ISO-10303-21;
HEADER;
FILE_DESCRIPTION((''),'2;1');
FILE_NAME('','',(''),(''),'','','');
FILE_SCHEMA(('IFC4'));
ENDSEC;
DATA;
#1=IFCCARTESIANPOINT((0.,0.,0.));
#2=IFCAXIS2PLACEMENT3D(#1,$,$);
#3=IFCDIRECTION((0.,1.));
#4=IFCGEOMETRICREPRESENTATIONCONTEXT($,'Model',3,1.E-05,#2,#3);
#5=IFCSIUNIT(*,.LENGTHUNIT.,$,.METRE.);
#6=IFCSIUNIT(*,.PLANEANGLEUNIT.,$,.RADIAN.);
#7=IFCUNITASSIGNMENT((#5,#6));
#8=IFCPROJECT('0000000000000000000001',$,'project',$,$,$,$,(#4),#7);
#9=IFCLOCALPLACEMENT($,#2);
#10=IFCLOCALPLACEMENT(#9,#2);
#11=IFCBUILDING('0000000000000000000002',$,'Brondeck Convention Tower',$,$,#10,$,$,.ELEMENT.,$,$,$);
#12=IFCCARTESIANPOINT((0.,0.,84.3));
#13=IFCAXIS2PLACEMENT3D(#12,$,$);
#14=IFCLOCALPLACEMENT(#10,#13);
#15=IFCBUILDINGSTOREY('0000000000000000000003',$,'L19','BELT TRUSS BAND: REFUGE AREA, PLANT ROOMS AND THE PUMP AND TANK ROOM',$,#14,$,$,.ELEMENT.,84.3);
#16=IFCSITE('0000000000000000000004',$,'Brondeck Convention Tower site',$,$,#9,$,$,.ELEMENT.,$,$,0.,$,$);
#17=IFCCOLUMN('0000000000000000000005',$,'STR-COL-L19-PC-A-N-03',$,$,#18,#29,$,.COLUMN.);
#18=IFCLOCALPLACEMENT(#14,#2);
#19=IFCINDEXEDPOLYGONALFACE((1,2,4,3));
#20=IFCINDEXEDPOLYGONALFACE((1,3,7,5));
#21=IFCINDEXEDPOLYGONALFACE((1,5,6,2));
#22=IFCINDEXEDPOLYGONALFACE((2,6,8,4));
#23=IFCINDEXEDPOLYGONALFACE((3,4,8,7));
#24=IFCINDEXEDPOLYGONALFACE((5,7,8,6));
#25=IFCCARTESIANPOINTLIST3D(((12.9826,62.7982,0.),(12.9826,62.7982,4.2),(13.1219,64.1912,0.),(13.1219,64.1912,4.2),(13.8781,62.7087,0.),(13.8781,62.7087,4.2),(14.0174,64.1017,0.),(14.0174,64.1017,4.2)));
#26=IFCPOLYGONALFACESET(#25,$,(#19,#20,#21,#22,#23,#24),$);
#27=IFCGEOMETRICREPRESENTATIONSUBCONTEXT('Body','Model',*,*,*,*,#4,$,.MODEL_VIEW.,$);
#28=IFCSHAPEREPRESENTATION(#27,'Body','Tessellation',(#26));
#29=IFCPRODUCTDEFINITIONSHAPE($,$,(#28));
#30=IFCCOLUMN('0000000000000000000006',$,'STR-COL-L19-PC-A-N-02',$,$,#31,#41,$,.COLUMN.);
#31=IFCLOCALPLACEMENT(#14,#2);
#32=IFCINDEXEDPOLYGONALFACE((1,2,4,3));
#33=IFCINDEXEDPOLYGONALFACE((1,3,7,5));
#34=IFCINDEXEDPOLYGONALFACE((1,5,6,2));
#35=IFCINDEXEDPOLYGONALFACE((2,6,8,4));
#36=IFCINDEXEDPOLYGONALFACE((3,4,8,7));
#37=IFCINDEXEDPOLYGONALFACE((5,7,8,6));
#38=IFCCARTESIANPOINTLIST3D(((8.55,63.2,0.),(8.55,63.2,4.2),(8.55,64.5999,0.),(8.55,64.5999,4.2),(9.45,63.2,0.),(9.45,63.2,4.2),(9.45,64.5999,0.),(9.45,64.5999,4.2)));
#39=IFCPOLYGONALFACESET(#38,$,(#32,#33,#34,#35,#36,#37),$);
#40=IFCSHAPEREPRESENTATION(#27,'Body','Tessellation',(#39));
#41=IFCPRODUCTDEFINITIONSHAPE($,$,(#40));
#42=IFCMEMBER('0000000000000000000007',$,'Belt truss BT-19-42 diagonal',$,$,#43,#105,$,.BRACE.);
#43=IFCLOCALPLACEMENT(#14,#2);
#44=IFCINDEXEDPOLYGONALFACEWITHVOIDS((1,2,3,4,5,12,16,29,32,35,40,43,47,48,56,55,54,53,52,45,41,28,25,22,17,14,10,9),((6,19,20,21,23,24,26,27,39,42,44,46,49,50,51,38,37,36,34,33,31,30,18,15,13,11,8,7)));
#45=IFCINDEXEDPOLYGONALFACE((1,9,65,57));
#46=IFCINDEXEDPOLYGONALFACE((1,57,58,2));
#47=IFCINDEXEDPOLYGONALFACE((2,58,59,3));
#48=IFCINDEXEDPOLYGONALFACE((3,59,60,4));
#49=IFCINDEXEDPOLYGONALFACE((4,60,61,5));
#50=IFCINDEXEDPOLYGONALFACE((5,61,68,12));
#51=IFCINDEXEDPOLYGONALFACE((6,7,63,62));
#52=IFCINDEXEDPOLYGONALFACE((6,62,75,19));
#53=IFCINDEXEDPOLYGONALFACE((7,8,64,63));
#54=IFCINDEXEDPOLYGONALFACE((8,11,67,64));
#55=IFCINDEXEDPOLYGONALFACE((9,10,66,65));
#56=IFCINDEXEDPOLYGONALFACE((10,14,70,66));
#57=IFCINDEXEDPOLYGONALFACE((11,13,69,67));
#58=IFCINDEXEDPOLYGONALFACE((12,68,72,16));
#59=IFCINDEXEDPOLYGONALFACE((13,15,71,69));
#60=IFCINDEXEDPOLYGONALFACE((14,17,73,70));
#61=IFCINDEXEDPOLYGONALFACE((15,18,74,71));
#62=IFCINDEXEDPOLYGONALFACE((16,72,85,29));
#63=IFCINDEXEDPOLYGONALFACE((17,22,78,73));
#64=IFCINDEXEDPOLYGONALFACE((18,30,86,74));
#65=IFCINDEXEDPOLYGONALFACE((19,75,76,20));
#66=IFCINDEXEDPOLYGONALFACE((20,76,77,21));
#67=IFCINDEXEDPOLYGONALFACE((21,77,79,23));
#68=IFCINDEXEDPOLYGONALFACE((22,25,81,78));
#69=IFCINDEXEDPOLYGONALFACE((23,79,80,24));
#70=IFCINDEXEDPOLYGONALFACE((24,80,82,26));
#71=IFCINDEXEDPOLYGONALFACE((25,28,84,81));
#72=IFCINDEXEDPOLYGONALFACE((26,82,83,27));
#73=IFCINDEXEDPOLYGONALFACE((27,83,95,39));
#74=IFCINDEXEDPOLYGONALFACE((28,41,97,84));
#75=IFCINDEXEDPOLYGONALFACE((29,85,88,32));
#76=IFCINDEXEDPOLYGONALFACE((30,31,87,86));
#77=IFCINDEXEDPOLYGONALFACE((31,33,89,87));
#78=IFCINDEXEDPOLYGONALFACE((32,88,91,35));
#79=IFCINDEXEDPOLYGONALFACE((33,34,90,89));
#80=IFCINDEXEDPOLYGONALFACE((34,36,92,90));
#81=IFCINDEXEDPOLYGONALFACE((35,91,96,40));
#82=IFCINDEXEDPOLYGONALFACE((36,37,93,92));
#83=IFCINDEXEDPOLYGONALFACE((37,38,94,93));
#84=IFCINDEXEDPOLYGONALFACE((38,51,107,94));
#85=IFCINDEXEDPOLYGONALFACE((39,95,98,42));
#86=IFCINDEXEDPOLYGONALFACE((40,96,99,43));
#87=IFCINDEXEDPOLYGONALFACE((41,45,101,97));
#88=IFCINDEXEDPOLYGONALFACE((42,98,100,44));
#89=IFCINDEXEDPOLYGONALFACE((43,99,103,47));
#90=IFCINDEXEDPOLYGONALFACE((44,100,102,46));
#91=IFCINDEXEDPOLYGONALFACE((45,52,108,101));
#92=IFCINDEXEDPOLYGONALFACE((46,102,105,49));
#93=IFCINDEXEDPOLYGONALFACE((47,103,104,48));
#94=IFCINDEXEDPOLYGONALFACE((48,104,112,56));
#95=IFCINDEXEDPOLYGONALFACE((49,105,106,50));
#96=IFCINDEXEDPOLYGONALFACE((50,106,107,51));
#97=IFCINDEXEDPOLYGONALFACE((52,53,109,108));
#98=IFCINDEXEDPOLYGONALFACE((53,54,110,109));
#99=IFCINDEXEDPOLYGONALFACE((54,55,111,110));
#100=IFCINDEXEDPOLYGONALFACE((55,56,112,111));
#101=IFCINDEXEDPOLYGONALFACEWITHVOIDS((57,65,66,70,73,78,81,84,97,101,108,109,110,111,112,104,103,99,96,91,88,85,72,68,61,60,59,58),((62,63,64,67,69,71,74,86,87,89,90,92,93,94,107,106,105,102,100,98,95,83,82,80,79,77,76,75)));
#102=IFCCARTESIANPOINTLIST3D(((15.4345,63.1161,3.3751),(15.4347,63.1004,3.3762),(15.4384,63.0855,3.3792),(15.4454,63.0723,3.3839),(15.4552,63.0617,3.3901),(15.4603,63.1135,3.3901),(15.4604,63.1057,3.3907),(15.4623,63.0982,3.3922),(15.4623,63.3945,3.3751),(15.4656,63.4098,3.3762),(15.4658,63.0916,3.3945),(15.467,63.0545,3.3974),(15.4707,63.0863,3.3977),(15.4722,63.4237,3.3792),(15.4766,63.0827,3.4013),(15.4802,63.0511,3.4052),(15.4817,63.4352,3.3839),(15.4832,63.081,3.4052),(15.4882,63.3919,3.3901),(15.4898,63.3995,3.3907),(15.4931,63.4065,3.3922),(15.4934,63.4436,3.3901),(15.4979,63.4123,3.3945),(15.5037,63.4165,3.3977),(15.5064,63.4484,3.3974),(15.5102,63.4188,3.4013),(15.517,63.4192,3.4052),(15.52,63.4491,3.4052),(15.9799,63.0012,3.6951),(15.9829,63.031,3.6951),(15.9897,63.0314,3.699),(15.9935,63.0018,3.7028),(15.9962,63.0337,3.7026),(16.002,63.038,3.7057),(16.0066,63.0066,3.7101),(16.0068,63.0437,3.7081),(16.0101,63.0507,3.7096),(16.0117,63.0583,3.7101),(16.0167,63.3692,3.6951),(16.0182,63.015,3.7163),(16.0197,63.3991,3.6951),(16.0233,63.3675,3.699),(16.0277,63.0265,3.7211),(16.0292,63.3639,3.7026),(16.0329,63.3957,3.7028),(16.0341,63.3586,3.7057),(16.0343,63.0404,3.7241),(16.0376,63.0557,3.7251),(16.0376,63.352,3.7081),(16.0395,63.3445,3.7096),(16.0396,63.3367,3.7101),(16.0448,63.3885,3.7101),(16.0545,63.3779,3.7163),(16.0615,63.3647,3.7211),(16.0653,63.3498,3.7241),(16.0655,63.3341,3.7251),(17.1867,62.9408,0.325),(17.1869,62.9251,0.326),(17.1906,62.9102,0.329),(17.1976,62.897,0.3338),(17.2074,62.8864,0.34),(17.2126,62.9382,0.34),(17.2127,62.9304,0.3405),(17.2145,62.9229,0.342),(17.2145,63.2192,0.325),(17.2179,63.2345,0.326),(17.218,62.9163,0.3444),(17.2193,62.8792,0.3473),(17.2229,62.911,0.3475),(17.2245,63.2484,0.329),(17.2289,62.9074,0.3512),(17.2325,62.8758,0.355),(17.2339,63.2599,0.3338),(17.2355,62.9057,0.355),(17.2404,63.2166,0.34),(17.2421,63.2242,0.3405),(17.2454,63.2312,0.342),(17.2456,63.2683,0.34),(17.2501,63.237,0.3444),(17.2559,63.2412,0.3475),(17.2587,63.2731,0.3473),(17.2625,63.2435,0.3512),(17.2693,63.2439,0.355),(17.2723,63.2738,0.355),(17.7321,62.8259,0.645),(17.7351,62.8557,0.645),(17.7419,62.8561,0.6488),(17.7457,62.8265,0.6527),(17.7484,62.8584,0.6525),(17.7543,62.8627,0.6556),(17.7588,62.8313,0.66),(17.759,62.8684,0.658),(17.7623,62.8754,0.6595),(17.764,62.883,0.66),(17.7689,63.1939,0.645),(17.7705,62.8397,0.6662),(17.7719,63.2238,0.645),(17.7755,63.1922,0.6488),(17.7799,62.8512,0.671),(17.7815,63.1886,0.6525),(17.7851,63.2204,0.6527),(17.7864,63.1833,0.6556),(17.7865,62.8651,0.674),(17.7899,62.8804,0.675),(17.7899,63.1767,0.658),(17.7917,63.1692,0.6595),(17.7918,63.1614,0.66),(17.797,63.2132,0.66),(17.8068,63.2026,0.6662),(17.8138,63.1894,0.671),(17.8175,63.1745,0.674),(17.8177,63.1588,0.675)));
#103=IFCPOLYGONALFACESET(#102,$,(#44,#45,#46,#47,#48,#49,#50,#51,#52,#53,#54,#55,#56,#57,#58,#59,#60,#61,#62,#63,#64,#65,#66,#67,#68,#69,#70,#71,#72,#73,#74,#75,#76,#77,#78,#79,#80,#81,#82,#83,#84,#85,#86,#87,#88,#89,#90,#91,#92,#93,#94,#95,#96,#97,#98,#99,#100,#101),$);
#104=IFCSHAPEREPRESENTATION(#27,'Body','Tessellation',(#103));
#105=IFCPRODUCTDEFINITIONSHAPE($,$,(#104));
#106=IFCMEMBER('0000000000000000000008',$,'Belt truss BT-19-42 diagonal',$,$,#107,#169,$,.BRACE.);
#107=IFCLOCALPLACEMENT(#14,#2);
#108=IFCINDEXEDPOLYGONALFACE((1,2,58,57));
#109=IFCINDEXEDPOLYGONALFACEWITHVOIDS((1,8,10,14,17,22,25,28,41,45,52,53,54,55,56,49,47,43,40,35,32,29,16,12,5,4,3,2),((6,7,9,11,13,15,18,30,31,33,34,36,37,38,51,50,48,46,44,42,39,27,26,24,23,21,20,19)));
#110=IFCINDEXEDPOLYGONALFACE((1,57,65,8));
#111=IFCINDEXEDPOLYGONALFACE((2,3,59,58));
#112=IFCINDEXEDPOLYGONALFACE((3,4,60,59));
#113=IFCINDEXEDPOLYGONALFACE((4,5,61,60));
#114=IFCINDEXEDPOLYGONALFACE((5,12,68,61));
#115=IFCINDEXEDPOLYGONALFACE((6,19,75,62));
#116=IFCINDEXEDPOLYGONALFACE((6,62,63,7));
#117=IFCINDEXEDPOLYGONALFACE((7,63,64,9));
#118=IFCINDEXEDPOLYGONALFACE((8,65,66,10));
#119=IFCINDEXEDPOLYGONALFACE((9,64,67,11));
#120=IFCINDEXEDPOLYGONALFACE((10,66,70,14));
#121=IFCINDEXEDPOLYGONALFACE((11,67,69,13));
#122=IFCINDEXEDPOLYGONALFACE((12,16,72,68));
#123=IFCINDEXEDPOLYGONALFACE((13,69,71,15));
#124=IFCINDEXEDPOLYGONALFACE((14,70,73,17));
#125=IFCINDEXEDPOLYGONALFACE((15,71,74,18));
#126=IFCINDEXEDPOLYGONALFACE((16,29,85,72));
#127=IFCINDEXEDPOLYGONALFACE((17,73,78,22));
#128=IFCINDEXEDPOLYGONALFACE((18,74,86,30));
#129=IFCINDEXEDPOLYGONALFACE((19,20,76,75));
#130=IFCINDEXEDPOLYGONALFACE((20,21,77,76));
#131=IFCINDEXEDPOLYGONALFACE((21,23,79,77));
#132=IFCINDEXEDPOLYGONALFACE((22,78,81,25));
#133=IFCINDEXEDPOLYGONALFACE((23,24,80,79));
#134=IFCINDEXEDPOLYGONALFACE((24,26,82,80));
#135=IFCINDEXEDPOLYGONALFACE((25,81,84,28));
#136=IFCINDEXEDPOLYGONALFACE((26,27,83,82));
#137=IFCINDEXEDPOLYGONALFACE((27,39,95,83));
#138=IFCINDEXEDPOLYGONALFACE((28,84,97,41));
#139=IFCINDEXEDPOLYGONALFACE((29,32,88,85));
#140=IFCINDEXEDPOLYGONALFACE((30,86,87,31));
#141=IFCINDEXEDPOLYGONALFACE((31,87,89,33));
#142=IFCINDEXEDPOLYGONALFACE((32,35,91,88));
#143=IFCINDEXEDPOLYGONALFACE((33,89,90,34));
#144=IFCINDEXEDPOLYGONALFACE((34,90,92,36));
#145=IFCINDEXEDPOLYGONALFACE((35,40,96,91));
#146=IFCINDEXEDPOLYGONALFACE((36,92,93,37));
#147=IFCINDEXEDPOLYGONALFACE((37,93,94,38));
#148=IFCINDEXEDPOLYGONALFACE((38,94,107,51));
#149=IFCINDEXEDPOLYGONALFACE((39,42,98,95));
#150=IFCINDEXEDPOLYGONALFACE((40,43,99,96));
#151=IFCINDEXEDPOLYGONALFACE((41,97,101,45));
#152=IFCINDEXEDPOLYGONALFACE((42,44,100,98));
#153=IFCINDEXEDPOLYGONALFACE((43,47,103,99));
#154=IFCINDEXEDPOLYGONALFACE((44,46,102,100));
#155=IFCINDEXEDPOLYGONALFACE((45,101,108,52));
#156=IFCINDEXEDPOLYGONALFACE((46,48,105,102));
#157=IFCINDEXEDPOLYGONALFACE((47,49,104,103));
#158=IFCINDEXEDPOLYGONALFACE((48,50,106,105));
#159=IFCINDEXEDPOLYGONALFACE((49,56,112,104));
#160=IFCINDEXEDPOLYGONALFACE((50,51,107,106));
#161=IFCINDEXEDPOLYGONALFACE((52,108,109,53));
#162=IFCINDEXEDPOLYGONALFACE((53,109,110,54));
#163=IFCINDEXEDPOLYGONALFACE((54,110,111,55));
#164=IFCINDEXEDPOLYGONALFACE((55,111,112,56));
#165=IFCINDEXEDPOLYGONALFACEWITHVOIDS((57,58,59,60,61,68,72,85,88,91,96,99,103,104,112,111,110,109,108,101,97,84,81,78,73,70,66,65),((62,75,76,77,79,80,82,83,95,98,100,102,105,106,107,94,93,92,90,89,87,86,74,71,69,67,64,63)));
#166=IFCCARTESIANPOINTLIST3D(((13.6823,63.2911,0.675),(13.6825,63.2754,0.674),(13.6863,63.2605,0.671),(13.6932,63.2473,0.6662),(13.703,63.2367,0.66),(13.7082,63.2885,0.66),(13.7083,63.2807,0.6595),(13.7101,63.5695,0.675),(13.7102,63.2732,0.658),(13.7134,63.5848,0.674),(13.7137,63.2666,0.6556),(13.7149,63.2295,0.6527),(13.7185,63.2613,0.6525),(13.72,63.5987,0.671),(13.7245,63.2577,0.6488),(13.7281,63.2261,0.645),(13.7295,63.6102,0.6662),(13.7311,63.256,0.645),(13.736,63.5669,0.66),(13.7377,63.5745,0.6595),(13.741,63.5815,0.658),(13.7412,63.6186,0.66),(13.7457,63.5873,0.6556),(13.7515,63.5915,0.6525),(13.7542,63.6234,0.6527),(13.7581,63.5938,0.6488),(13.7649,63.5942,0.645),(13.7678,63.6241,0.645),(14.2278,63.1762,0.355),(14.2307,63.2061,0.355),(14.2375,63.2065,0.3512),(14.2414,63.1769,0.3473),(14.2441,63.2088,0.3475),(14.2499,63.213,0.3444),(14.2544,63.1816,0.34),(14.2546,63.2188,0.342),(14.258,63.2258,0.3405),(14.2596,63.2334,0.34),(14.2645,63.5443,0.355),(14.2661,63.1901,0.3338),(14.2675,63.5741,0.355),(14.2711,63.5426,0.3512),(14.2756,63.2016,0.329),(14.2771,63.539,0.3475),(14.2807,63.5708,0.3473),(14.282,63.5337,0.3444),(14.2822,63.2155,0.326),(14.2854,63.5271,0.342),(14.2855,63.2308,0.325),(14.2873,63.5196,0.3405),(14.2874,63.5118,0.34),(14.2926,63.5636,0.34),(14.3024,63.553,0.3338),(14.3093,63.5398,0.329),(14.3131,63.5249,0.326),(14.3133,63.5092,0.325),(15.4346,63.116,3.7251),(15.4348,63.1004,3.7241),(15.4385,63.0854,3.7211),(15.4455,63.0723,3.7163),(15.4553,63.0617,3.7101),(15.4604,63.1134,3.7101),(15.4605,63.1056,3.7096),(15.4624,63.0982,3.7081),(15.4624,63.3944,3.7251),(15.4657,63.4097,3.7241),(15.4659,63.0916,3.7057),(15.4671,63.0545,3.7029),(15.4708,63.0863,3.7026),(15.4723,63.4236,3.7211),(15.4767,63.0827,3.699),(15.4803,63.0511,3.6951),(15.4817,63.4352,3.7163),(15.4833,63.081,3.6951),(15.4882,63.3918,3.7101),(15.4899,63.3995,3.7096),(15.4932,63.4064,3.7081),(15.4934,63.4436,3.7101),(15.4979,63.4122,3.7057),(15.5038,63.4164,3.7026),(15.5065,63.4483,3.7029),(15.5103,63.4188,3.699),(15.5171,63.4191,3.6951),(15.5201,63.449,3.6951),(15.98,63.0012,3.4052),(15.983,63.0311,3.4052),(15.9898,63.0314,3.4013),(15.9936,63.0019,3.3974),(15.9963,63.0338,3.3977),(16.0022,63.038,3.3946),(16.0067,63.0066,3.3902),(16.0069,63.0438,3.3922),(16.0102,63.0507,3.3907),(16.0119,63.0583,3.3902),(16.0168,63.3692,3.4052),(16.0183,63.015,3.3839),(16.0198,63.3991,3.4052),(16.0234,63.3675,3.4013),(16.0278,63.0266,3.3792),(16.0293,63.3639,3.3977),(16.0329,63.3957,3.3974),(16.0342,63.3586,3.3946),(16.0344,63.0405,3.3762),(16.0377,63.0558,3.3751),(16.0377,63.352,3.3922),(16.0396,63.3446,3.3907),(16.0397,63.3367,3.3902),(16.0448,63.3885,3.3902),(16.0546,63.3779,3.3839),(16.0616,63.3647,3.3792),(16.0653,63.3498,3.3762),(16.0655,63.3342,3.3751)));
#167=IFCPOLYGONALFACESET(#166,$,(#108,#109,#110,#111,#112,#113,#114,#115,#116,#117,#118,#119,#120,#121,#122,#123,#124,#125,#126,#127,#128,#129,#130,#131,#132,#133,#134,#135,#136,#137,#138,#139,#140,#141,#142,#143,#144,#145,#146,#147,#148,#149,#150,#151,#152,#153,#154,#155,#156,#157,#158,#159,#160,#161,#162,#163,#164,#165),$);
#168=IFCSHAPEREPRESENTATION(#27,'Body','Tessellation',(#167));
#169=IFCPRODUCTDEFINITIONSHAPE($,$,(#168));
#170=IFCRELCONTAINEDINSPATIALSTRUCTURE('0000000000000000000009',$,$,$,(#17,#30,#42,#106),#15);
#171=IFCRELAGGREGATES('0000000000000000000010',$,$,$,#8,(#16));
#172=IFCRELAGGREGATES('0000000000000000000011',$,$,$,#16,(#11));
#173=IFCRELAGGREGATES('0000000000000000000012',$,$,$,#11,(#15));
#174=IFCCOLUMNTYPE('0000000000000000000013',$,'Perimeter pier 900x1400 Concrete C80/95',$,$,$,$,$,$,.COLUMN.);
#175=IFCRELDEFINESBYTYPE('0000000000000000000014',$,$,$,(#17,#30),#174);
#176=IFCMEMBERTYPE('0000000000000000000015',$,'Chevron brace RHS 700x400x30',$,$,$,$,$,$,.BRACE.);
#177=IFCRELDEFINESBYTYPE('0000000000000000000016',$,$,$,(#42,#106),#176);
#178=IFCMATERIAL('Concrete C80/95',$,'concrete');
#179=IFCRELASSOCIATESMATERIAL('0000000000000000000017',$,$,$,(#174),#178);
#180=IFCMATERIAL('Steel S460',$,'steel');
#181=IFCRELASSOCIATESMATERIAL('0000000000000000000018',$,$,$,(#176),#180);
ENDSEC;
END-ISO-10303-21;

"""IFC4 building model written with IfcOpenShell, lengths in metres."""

from ifc_helpers import new_model, si_unit, direction, frame, origin, origin_2d, place, context, subcontext, project, spatial, rectangle, hollow_rectangle, extrude, material, material_profile, profile_set, type_object, element, save


model = new_model("IFC4")

# Units and contexts
model_context = context("Model", 3, precision=1e-05, world=origin(), true_north=direction((0.0, 1.0)))
body_context = subcontext(model_context, "Body", "Model", "MODEL_VIEW")
ifc_project = project(units=[si_unit("LENGTHUNIT", "METRE"), si_unit("PLANEANGLEUNIT", "RADIAN")], contexts=[model_context])

# Site, building, storey
site_placement = place(None, origin())
site = spatial("IfcSite", under=ifc_project, at=site_placement, Name="Brondeck Convention Tower site", CompositionType="ELEMENT", RefElevation=0.0)
building_placement = place(site_placement, origin())
building = spatial("IfcBuilding", under=site, at=building_placement, Name="Brondeck Convention Tower", CompositionType="ELEMENT")
storey_placement = place(building_placement, frame((0.0, 0.0, 84.3)))
storey = spatial("IfcBuildingStorey", under=building, at=storey_placement, Name="L19", Description="BELT TRUSS BAND: REFUGE AREA, PLANT ROOMS AND THE PUMP AND TANK ROOM", CompositionType="ELEMENT", Elevation=84.3)

# Columns
ifc_material_1 = material(Name="Concrete C80/95", Category="concrete")
ifc_material_profile_1 = material_profile(ifc_material_1, rectangle(XDim=0.8999, YDim=1.3999, at=origin_2d()), Name="Perimeter pier 900x1400 Concrete C80/95")
ifc_profile_set_1 = profile_set([ifc_material_profile_1], Name="Concrete C80/95")
column_type = type_object("IfcColumnType", Name="Perimeter pier 900x1400 Concrete C80/95", PredefinedType="COLUMN", material=ifc_profile_set_1)
for number, where, z_axis, x_axis, name in (
    (1, (13.5, 63.45, 0.0), (0.0, 0.0, 1.0), (-0.995037, 0.099504, 0.0), "STR-COL-L19-PC-A-N-03"),
    (2, (9.0, 63.8999, 0.0), (0.0, 0.0, 1.0), (-1.0, 0.0, 0.0), "STR-COL-L19-PC-A-N-02"),
):
    element("IfcColumn", number, at=place(storey_placement, frame(where, z_axis=z_axis, x_axis=x_axis)), inside=storey, type_object=column_type, Name=name, PredefinedType="COLUMN", context=body_context, shape_type="SweptSolid", body=[
        extrude(rectangle(XDim=0.8999, YDim=1.3999, at=origin_2d()), origin(), (0.0, 0.0, 1.0), 4.2),
    ])

# Members
ifc_material_2 = material(Name="Steel S460", Category="steel")
ifc_material_profile_2 = material_profile(ifc_material_2, hollow_rectangle(XDim=0.3999, YDim=0.7, WallThickness=0.03, InnerFilletRadius=0.03, OuterFilletRadius=0.0601, at=origin_2d()), Name="RHS 700x400x30")
ifc_profile_set_2 = profile_set([ifc_material_profile_2], Name="Steel S460")
member_type_1 = type_object("IfcMemberType", Name="Chevron brace RHS 700x400x30", PredefinedType="BRACE", material=ifc_profile_set_2)
for number, where, z_axis, x_axis, name in (
    (3, (17.5022, 63.0498, 0.5), (-0.497516, 0.049772, 0.866026), (-0.099545, -0.995033, 0.0), "Belt truss BT-19-42 diagonal"),
    (4, (13.9978, 63.4001, 0.5), (0.497518, -0.049703, 0.866029), (0.099408, 0.995047, 0.0), "Belt truss BT-19-42 diagonal"),
):
    element("IfcMember", number, at=place(storey_placement, frame(where, z_axis=z_axis, x_axis=x_axis)), inside=storey, type_object=member_type_1, Name=name, PredefinedType="BRACE", context=body_context, shape_type="SweptSolid", body=[
        extrude(hollow_rectangle(XDim=0.3999, YDim=0.7, WallThickness=0.03, InnerFilletRadius=0.03, OuterFilletRadius=0.0601, at=origin_2d()), origin(), (0.0, 0.0, 1.0), 3.522),
    ])

save(model, "model.ifc")
